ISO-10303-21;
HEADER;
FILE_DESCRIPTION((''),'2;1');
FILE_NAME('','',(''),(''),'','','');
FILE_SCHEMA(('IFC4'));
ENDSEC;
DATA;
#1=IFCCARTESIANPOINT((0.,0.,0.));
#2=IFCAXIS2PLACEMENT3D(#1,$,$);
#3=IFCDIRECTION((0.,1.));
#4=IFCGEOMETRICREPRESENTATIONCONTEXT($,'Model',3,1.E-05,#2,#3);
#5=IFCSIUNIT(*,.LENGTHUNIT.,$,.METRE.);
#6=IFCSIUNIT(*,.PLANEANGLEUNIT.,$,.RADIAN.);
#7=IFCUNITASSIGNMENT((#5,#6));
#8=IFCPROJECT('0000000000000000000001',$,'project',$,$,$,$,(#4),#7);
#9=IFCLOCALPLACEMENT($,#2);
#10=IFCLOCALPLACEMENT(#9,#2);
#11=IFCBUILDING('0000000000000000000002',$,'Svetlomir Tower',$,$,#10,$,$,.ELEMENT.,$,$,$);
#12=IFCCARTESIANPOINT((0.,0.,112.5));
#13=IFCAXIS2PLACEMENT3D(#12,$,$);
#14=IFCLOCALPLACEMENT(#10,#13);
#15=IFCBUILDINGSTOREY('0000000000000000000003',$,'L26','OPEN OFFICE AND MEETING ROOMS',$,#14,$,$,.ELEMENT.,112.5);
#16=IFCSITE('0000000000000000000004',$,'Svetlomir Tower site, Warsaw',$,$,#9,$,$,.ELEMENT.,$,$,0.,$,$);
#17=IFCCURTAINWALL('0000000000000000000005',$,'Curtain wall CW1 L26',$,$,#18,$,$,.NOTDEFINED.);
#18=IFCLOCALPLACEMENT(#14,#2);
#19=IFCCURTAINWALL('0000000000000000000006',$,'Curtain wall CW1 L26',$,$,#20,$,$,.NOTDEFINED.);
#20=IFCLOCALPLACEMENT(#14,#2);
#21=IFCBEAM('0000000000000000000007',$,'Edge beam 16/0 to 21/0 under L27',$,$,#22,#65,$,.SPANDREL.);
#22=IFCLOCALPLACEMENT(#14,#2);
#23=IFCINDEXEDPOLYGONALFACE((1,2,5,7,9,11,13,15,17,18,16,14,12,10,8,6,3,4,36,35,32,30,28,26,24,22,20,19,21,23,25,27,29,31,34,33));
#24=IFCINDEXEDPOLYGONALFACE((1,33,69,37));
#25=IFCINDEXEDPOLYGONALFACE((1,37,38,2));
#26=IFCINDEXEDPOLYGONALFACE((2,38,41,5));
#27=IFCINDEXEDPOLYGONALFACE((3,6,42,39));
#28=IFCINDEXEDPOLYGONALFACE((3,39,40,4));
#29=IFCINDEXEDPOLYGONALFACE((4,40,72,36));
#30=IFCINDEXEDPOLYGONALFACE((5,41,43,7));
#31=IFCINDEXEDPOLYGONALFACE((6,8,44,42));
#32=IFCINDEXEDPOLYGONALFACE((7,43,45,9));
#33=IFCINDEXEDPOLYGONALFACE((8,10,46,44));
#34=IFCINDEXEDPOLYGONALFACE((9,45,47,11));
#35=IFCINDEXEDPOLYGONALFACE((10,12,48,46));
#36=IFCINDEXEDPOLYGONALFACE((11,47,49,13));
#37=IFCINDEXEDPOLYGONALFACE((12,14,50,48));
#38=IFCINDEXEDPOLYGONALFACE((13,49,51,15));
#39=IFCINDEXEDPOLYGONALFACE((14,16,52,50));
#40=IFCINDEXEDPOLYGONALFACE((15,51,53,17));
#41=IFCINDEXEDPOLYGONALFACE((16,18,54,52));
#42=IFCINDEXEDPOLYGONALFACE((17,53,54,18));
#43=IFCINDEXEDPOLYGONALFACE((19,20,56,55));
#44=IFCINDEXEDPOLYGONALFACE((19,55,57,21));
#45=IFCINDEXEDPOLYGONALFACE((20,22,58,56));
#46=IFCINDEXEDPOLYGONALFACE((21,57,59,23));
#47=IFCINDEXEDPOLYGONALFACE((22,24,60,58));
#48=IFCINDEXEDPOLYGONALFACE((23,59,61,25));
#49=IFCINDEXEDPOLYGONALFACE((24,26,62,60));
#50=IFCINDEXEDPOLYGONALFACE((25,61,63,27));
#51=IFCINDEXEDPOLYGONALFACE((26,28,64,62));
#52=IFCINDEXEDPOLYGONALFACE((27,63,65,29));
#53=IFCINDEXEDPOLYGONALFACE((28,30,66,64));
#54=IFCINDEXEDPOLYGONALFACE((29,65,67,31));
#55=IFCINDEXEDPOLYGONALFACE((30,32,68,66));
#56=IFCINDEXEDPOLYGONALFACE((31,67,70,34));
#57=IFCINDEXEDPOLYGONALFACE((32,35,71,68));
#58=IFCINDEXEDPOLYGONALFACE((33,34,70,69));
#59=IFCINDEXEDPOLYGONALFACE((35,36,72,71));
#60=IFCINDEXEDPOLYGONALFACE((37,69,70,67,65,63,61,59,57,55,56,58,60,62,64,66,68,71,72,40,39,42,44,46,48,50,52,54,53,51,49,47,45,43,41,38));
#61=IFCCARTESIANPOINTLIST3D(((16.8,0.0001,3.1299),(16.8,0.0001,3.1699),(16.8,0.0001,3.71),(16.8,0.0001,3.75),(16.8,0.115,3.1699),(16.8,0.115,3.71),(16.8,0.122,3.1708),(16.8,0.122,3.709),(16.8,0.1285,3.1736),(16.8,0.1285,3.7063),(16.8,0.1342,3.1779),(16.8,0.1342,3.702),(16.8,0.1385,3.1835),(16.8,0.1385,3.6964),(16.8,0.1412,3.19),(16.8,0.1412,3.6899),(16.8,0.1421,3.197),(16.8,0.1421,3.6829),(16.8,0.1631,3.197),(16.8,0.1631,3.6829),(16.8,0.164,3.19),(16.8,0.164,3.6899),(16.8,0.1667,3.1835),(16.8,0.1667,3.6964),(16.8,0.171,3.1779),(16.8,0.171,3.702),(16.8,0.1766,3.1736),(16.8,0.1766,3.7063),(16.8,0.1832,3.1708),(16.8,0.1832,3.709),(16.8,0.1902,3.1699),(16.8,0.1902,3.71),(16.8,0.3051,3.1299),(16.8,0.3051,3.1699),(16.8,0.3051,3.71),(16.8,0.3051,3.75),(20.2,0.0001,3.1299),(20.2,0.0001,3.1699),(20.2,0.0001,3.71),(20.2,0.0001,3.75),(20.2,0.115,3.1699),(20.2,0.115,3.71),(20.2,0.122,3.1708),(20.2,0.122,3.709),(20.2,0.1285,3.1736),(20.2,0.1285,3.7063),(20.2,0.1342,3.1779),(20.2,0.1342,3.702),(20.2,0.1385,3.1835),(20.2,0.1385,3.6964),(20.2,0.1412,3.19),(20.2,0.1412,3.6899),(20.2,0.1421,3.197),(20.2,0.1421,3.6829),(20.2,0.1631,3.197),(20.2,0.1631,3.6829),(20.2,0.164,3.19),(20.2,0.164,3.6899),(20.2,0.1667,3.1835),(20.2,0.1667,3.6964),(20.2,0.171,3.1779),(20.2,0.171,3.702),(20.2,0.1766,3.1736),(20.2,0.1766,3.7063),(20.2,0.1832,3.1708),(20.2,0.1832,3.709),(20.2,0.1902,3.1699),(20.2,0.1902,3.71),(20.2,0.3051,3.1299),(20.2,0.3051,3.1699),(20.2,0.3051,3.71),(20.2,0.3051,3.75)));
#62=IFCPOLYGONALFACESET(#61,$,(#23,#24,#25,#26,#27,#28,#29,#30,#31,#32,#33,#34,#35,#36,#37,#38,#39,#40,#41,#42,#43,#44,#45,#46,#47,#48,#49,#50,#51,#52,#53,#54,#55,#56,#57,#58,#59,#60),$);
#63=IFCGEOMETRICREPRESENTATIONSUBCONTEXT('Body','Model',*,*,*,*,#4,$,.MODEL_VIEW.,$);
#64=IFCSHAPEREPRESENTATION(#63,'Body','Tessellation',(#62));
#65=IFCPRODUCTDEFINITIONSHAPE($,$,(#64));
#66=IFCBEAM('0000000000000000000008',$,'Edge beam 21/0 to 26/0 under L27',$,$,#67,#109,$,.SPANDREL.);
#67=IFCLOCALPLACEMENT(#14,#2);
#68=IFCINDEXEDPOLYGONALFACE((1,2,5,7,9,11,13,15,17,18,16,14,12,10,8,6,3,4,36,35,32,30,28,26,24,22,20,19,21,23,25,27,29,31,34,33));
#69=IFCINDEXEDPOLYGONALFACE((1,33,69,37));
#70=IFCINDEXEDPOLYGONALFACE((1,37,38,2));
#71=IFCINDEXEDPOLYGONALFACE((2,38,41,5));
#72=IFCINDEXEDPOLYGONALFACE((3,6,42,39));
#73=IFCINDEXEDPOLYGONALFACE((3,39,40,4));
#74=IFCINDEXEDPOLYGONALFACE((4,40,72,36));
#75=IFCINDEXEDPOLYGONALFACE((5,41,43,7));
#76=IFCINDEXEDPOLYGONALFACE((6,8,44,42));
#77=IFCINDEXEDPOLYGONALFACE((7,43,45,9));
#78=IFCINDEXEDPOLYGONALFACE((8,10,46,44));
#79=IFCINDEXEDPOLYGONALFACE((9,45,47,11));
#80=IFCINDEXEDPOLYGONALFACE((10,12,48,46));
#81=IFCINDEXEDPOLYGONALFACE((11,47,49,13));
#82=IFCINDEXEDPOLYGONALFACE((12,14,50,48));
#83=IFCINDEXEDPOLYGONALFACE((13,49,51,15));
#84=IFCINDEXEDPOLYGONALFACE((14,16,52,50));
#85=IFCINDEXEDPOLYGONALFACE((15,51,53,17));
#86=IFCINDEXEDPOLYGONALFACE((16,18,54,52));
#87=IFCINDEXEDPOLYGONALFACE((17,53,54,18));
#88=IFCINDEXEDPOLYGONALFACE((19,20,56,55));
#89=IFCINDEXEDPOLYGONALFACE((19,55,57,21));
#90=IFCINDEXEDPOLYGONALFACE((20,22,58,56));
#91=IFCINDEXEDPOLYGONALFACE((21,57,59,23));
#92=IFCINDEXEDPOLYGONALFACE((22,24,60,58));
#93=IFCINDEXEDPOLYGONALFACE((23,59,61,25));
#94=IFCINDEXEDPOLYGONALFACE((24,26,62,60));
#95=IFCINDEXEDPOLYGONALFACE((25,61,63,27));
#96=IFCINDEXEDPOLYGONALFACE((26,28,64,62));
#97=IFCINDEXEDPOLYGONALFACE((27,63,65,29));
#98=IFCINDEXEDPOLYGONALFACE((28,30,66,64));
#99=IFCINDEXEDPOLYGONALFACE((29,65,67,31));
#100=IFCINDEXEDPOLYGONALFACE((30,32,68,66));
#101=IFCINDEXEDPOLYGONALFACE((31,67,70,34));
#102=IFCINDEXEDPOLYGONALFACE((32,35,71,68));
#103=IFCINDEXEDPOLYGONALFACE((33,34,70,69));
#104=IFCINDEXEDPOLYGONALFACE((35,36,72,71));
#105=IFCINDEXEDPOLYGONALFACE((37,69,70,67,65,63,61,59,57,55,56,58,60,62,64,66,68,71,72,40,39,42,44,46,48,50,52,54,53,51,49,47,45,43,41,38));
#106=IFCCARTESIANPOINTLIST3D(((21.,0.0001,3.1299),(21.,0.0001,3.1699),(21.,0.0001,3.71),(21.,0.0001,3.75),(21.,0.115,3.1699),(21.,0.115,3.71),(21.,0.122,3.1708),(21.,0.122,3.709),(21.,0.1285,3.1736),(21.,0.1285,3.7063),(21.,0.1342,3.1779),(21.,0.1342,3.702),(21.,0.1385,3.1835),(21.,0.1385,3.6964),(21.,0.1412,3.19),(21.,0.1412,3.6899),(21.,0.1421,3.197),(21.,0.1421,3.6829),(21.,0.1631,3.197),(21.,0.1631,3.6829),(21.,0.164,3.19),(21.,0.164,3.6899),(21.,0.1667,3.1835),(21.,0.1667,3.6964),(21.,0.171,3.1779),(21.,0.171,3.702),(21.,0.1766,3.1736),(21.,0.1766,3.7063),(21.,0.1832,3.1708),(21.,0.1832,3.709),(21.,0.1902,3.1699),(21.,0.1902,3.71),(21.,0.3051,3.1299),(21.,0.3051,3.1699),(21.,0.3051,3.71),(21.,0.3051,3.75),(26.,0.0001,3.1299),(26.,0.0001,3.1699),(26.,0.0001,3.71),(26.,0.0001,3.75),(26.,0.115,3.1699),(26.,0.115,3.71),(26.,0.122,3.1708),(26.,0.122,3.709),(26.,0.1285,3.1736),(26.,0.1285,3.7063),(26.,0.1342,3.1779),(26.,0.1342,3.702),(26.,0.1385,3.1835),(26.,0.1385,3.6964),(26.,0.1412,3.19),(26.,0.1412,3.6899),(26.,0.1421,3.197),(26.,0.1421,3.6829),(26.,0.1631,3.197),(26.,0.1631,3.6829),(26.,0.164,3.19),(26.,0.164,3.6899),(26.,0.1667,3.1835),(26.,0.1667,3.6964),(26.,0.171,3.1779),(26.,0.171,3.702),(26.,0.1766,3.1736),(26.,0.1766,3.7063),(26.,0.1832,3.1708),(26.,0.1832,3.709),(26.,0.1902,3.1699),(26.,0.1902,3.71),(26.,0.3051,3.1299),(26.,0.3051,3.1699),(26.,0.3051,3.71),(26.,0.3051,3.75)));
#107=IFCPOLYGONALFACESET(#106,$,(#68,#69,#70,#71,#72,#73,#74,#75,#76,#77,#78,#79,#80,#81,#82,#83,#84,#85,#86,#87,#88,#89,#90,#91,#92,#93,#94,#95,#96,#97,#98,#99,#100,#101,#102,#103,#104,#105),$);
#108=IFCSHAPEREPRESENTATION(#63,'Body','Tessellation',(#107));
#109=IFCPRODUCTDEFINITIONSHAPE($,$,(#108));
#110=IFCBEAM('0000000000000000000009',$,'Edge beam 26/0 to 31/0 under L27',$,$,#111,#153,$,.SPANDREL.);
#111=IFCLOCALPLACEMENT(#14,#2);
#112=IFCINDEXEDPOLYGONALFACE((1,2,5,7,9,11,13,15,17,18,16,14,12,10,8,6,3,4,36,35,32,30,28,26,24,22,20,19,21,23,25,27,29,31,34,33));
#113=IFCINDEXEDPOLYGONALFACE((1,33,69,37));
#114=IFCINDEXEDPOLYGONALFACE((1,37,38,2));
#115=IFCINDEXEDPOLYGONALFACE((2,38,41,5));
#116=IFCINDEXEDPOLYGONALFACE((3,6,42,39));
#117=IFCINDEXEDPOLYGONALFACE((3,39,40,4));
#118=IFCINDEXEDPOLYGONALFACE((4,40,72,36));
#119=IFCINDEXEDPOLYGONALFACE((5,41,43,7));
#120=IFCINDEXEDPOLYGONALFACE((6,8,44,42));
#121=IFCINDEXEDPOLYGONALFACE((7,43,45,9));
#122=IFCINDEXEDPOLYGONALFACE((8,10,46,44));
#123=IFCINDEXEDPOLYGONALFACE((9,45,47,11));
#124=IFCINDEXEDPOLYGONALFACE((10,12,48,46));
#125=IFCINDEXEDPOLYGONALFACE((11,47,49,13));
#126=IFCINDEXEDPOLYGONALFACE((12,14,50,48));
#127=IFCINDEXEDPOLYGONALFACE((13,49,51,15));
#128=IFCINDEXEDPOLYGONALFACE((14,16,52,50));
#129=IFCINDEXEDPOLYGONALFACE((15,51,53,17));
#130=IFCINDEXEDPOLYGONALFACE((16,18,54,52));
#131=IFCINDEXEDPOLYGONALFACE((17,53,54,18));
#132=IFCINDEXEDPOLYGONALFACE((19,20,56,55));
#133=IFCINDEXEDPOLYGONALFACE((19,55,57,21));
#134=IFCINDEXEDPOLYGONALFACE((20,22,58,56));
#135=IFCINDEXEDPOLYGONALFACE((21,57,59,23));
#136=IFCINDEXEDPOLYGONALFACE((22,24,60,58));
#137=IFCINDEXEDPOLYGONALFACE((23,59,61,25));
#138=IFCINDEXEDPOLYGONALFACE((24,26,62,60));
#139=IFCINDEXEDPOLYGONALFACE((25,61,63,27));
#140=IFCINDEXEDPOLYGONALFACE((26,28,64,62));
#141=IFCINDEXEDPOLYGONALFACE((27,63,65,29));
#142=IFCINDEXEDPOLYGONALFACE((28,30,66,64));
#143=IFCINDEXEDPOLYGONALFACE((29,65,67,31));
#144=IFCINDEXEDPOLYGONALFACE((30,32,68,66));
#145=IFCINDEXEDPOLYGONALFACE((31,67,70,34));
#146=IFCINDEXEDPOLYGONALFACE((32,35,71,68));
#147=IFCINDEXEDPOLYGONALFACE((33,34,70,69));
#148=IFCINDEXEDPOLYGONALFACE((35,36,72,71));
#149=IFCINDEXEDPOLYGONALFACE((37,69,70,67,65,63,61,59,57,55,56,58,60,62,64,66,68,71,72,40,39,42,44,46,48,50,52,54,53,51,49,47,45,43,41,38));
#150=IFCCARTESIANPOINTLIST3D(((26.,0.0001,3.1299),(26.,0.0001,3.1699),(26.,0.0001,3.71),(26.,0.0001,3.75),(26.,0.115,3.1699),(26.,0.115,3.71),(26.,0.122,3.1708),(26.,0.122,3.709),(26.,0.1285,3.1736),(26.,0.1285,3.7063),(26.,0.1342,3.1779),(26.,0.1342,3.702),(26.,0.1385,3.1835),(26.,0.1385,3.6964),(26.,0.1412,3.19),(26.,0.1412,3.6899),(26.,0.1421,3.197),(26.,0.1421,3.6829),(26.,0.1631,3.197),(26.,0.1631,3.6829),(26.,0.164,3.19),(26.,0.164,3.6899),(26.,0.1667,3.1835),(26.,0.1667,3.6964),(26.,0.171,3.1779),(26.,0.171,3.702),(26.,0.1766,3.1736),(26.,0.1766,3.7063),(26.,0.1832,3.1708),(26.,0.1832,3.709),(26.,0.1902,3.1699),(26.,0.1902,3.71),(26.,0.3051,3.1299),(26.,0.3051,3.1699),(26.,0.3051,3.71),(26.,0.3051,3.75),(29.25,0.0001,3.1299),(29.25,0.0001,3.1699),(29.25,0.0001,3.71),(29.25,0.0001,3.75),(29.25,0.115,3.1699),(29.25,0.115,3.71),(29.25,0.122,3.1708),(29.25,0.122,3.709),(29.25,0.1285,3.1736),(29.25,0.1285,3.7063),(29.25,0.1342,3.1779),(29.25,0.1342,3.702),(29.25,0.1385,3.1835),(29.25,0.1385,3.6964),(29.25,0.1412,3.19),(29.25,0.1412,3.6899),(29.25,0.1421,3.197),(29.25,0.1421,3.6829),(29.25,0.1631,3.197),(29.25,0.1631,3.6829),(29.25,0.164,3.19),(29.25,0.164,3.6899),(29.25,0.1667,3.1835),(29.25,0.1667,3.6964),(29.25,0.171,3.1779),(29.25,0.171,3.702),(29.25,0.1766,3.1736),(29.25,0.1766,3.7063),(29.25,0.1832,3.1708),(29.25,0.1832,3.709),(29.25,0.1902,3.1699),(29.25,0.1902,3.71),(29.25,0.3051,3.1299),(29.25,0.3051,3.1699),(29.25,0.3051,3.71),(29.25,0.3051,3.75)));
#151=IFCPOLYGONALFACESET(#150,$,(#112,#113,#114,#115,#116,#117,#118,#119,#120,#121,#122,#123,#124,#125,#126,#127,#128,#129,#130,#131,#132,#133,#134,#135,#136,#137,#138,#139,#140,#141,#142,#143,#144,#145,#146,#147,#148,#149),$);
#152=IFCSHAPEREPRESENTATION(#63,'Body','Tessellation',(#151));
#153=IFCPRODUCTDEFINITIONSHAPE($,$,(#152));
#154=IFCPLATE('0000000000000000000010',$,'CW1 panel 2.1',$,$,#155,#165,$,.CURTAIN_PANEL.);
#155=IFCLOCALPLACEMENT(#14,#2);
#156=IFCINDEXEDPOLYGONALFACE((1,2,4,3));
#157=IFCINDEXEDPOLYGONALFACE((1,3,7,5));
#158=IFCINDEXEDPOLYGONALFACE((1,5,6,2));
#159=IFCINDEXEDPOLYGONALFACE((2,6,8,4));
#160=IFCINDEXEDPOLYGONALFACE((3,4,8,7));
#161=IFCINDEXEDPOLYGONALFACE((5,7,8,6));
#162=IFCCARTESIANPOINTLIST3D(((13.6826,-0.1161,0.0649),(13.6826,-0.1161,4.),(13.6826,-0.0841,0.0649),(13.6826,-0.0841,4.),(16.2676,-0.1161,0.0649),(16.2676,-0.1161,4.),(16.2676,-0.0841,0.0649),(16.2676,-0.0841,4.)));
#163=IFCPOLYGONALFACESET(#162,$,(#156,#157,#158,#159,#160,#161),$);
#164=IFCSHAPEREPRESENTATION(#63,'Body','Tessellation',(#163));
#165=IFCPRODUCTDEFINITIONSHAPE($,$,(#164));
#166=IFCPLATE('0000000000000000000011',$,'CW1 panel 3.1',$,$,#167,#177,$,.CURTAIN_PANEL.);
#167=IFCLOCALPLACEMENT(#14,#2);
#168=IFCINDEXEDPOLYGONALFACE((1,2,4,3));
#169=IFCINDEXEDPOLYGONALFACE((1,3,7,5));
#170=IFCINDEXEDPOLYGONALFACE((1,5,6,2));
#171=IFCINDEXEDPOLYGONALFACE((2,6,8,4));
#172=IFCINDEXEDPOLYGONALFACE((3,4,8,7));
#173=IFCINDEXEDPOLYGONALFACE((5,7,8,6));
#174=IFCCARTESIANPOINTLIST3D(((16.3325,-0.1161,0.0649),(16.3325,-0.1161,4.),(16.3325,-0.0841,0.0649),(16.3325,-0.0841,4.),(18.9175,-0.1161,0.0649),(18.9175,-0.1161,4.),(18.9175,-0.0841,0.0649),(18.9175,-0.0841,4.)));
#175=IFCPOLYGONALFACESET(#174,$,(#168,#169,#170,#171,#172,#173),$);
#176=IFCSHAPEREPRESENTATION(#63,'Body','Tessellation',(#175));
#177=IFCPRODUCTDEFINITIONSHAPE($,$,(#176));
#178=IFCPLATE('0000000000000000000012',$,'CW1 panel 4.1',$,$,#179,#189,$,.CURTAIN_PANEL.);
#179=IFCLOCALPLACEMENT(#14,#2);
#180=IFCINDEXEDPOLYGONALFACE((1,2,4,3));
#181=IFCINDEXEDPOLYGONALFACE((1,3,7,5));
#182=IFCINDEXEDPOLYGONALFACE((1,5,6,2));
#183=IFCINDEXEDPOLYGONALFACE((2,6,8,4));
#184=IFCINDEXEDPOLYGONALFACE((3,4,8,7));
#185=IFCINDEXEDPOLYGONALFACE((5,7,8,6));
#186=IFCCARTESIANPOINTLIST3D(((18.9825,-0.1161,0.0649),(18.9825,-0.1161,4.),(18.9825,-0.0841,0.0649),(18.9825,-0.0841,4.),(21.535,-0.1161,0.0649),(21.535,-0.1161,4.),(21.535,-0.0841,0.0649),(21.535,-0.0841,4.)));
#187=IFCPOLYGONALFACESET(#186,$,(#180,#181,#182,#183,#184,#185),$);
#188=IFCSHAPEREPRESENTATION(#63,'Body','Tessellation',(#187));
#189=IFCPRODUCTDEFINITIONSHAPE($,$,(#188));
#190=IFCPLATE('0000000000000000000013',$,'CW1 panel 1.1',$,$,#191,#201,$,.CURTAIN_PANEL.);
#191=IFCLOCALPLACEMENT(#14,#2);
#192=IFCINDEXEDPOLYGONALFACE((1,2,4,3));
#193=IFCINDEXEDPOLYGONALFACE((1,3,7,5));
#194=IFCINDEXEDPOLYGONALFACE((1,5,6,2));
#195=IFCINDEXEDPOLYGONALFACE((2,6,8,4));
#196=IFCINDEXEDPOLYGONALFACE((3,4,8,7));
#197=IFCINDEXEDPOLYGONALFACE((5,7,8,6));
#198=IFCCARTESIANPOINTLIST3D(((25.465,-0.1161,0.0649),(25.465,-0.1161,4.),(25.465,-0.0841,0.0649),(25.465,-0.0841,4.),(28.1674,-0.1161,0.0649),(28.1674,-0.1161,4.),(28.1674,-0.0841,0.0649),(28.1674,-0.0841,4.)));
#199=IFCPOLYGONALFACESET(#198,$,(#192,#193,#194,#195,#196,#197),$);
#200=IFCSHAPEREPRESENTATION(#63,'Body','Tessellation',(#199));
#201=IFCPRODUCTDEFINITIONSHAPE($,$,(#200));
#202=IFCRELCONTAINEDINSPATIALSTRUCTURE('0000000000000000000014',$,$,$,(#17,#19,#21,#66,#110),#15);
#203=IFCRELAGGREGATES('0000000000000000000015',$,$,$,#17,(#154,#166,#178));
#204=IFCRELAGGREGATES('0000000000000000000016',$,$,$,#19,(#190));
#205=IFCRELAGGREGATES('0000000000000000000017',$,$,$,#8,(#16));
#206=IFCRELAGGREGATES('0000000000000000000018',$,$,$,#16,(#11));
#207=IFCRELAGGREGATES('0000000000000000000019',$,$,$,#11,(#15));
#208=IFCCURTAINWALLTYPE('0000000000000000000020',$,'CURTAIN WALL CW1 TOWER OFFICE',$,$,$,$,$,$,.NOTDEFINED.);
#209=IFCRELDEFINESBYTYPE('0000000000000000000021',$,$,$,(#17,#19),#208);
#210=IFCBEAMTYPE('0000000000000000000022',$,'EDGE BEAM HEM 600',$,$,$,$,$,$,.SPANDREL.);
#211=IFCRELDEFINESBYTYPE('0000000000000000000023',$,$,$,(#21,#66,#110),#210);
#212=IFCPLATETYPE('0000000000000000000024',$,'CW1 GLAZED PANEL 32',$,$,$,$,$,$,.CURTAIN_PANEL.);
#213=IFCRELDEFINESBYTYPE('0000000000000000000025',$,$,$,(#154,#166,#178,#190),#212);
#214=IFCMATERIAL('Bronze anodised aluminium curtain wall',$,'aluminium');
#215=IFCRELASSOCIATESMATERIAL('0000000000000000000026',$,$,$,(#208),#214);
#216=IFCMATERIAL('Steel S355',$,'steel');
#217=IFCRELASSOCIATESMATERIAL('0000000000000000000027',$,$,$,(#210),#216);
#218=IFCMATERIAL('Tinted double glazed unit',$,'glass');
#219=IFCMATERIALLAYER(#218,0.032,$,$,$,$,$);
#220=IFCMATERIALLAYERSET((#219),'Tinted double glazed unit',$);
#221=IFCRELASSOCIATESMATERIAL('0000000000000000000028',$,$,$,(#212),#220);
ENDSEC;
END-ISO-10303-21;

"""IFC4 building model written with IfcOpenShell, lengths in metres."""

from ifc_helpers import new_model, si_unit, direction, frame, origin, origin_2d, place, context, subcontext, project, spatial, rectangle, i_section, extrude, material, layer, layer_set, material_profile, profile_set, type_object, element, aggregate, save


model = new_model("IFC4")

# Units and contexts
model_context = context("Model", 3, precision=1e-05, world=origin(), true_north=direction((0.0, 1.0)))
body_context = subcontext(model_context, "Body", "Model", "MODEL_VIEW")
ifc_project = project(units=[si_unit("LENGTHUNIT", "METRE"), si_unit("PLANEANGLEUNIT", "RADIAN")], contexts=[model_context])

# Site, building, storey
site_placement = place(None, origin())
site = spatial("IfcSite", under=ifc_project, at=site_placement, Name="Svetlomir Tower site, Warsaw", CompositionType="ELEMENT", RefElevation=0.0)
building_placement = place(site_placement, origin())
building = spatial("IfcBuilding", under=site, at=building_placement, Name="Svetlomir Tower", CompositionType="ELEMENT")
storey_placement = place(building_placement, frame((0.0, 0.0, 112.5)))
storey = spatial("IfcBuildingStorey", under=building, at=storey_placement, Name="L26", Description="OPEN OFFICE AND MEETING ROOMS", CompositionType="ELEMENT", Elevation=112.5)

# Curtain walls
ifc_material_1 = material(Name="Bronze anodised aluminium curtain wall", Category="aluminium")
curtain_wall_type = type_object("IfcCurtainWallType", Name="CURTAIN WALL CW1 TOWER OFFICE", PredefinedType="NOTDEFINED", material=ifc_material_1)
curtain_wall_1_placement = place(storey_placement, origin())
curtain_wall_1 = element("IfcCurtainWall", 1, at=curtain_wall_1_placement, inside=storey, type_object=curtain_wall_type, Name="Curtain wall CW1 L26", PredefinedType="NOTDEFINED")
curtain_wall_2_placement = place(storey_placement, origin())
curtain_wall_2 = element("IfcCurtainWall", 2, at=curtain_wall_2_placement, inside=storey, type_object=curtain_wall_type, Name="Curtain wall CW1 L26", PredefinedType="NOTDEFINED")

# Beams
ifc_material_2 = material(Name="Steel S355", Category="steel")
ifc_material_profile_1 = material_profile(ifc_material_2, i_section(OverallWidth=0.3049, OverallDepth=0.6201, WebThickness=0.021, FlangeThickness=0.04, FilletRadius=0.0271, at=origin_2d()), Name="HEM 600")
ifc_profile_set_1 = profile_set([ifc_material_profile_1], Name="Steel S355")
beam_type_1 = type_object("IfcBeamType", Name="EDGE BEAM HEM 600", PredefinedType="SPANDREL", material=ifc_profile_set_1)
beam_1_placement = place(storey_placement, frame((16.8, 0.1526, 3.4399), z_axis=(1.0, 0.0, 0.0), x_axis=(0.0, 1.0, 0.0)))
element("IfcBeam", 3, at=beam_1_placement, inside=storey, type_object=beam_type_1, Name="Edge beam 16/0 to 21/0 under L27", PredefinedType="SPANDREL", context=body_context, shape_type="SweptSolid", body=[
    extrude(i_section(OverallWidth=0.3049, OverallDepth=0.6201, WebThickness=0.021, FlangeThickness=0.04, FilletRadius=0.0271, at=origin_2d()), origin(), (0.0, 0.0, 1.0), 3.3999),
])
beam_2_placement = place(storey_placement, frame((21.0, 0.1526, 3.4399), z_axis=(1.0, 0.0, 0.0), x_axis=(0.0, 1.0, 0.0)))
element("IfcBeam", 4, at=beam_2_placement, inside=storey, type_object=beam_type_1, Name="Edge beam 21/0 to 26/0 under L27", PredefinedType="SPANDREL", context=body_context, shape_type="SweptSolid", body=[
    extrude(i_section(OverallWidth=0.3049, OverallDepth=0.6201, WebThickness=0.021, FlangeThickness=0.04, FilletRadius=0.0271, at=origin_2d()), origin(), (0.0, 0.0, 1.0), 5.0),
])
beam_3_placement = place(storey_placement, frame((26.0, 0.1526, 3.4399), z_axis=(1.0, 0.0, 0.0), x_axis=(0.0, 1.0, 0.0)))
element("IfcBeam", 5, at=beam_3_placement, inside=storey, type_object=beam_type_1, Name="Edge beam 26/0 to 31/0 under L27", PredefinedType="SPANDREL", context=body_context, shape_type="SweptSolid", body=[
    extrude(i_section(OverallWidth=0.3049, OverallDepth=0.6201, WebThickness=0.021, FlangeThickness=0.04, FilletRadius=0.0271, at=origin_2d()), origin(), (0.0, 0.0, 1.0), 3.25),
])

# Plates
ifc_material_3 = material(Name="Tinted double glazed unit", Category="glass")
ifc_layer_1 = layer(ifc_material_3, 0.032)
ifc_layer_set_1 = layer_set([ifc_layer_1], Name="Tinted double glazed unit")
plate_type = type_object("IfcPlateType", Name="CW1 GLAZED PANEL 32", PredefinedType="CURTAIN_PANEL", material=ifc_layer_set_1)
plate_1_placement = place(storey_placement, frame((14.9751, -0.1001, 0.0649), z_axis=(0.0, 0.0, 1.0), x_axis=(1.0, 0.0, 0.0)))
plate_1 = element("IfcPlate", 6, at=plate_1_placement, type_object=plate_type, Name="CW1 panel 2.1", PredefinedType="CURTAIN_PANEL", context=body_context, shape_type="SweptSolid", body=[
    extrude(rectangle(XDim=2.585, YDim=0.032, at=origin_2d()), origin(), (0.0, 0.0, 1.0), 3.9351),
])
plate_2_placement = place(storey_placement, frame((17.625, -0.1001, 0.0649), z_axis=(0.0, 0.0, 1.0), x_axis=(1.0, 0.0, 0.0)))
plate_2 = element("IfcPlate", 7, at=plate_2_placement, type_object=plate_type, Name="CW1 panel 3.1", PredefinedType="CURTAIN_PANEL", context=body_context, shape_type="SweptSolid", body=[
    extrude(rectangle(XDim=2.585, YDim=0.032, at=origin_2d()), origin(), (0.0, 0.0, 1.0), 3.9351),
])
plate_3_placement = place(storey_placement, frame((20.2588, -0.1001, 0.0649), z_axis=(0.0, 0.0, 1.0), x_axis=(1.0, 0.0, 0.0)))
plate_3 = element("IfcPlate", 8, at=plate_3_placement, type_object=plate_type, Name="CW1 panel 4.1", PredefinedType="CURTAIN_PANEL", context=body_context, shape_type="SweptSolid", body=[
    extrude(rectangle(XDim=2.5525, YDim=0.032, at=origin_2d()), origin(), (0.0, 0.0, 1.0), 3.9351),
])
aggregate(curtain_wall_1, [plate_1, plate_2, plate_3])
plate_4_placement = place(storey_placement, frame((26.8162, -0.1001, 0.0649), z_axis=(0.0, 0.0, 1.0), x_axis=(1.0, 0.0, 0.0)))
plate_4 = element("IfcPlate", 9, at=plate_4_placement, type_object=plate_type, Name="CW1 panel 1.1", PredefinedType="CURTAIN_PANEL", context=body_context, shape_type="SweptSolid", body=[
    extrude(rectangle(XDim=2.7024, YDim=0.032, at=origin_2d()), origin(), (0.0, 0.0, 1.0), 3.9351),
])
aggregate(curtain_wall_2, [plate_4])

save(model, "model.ifc")
